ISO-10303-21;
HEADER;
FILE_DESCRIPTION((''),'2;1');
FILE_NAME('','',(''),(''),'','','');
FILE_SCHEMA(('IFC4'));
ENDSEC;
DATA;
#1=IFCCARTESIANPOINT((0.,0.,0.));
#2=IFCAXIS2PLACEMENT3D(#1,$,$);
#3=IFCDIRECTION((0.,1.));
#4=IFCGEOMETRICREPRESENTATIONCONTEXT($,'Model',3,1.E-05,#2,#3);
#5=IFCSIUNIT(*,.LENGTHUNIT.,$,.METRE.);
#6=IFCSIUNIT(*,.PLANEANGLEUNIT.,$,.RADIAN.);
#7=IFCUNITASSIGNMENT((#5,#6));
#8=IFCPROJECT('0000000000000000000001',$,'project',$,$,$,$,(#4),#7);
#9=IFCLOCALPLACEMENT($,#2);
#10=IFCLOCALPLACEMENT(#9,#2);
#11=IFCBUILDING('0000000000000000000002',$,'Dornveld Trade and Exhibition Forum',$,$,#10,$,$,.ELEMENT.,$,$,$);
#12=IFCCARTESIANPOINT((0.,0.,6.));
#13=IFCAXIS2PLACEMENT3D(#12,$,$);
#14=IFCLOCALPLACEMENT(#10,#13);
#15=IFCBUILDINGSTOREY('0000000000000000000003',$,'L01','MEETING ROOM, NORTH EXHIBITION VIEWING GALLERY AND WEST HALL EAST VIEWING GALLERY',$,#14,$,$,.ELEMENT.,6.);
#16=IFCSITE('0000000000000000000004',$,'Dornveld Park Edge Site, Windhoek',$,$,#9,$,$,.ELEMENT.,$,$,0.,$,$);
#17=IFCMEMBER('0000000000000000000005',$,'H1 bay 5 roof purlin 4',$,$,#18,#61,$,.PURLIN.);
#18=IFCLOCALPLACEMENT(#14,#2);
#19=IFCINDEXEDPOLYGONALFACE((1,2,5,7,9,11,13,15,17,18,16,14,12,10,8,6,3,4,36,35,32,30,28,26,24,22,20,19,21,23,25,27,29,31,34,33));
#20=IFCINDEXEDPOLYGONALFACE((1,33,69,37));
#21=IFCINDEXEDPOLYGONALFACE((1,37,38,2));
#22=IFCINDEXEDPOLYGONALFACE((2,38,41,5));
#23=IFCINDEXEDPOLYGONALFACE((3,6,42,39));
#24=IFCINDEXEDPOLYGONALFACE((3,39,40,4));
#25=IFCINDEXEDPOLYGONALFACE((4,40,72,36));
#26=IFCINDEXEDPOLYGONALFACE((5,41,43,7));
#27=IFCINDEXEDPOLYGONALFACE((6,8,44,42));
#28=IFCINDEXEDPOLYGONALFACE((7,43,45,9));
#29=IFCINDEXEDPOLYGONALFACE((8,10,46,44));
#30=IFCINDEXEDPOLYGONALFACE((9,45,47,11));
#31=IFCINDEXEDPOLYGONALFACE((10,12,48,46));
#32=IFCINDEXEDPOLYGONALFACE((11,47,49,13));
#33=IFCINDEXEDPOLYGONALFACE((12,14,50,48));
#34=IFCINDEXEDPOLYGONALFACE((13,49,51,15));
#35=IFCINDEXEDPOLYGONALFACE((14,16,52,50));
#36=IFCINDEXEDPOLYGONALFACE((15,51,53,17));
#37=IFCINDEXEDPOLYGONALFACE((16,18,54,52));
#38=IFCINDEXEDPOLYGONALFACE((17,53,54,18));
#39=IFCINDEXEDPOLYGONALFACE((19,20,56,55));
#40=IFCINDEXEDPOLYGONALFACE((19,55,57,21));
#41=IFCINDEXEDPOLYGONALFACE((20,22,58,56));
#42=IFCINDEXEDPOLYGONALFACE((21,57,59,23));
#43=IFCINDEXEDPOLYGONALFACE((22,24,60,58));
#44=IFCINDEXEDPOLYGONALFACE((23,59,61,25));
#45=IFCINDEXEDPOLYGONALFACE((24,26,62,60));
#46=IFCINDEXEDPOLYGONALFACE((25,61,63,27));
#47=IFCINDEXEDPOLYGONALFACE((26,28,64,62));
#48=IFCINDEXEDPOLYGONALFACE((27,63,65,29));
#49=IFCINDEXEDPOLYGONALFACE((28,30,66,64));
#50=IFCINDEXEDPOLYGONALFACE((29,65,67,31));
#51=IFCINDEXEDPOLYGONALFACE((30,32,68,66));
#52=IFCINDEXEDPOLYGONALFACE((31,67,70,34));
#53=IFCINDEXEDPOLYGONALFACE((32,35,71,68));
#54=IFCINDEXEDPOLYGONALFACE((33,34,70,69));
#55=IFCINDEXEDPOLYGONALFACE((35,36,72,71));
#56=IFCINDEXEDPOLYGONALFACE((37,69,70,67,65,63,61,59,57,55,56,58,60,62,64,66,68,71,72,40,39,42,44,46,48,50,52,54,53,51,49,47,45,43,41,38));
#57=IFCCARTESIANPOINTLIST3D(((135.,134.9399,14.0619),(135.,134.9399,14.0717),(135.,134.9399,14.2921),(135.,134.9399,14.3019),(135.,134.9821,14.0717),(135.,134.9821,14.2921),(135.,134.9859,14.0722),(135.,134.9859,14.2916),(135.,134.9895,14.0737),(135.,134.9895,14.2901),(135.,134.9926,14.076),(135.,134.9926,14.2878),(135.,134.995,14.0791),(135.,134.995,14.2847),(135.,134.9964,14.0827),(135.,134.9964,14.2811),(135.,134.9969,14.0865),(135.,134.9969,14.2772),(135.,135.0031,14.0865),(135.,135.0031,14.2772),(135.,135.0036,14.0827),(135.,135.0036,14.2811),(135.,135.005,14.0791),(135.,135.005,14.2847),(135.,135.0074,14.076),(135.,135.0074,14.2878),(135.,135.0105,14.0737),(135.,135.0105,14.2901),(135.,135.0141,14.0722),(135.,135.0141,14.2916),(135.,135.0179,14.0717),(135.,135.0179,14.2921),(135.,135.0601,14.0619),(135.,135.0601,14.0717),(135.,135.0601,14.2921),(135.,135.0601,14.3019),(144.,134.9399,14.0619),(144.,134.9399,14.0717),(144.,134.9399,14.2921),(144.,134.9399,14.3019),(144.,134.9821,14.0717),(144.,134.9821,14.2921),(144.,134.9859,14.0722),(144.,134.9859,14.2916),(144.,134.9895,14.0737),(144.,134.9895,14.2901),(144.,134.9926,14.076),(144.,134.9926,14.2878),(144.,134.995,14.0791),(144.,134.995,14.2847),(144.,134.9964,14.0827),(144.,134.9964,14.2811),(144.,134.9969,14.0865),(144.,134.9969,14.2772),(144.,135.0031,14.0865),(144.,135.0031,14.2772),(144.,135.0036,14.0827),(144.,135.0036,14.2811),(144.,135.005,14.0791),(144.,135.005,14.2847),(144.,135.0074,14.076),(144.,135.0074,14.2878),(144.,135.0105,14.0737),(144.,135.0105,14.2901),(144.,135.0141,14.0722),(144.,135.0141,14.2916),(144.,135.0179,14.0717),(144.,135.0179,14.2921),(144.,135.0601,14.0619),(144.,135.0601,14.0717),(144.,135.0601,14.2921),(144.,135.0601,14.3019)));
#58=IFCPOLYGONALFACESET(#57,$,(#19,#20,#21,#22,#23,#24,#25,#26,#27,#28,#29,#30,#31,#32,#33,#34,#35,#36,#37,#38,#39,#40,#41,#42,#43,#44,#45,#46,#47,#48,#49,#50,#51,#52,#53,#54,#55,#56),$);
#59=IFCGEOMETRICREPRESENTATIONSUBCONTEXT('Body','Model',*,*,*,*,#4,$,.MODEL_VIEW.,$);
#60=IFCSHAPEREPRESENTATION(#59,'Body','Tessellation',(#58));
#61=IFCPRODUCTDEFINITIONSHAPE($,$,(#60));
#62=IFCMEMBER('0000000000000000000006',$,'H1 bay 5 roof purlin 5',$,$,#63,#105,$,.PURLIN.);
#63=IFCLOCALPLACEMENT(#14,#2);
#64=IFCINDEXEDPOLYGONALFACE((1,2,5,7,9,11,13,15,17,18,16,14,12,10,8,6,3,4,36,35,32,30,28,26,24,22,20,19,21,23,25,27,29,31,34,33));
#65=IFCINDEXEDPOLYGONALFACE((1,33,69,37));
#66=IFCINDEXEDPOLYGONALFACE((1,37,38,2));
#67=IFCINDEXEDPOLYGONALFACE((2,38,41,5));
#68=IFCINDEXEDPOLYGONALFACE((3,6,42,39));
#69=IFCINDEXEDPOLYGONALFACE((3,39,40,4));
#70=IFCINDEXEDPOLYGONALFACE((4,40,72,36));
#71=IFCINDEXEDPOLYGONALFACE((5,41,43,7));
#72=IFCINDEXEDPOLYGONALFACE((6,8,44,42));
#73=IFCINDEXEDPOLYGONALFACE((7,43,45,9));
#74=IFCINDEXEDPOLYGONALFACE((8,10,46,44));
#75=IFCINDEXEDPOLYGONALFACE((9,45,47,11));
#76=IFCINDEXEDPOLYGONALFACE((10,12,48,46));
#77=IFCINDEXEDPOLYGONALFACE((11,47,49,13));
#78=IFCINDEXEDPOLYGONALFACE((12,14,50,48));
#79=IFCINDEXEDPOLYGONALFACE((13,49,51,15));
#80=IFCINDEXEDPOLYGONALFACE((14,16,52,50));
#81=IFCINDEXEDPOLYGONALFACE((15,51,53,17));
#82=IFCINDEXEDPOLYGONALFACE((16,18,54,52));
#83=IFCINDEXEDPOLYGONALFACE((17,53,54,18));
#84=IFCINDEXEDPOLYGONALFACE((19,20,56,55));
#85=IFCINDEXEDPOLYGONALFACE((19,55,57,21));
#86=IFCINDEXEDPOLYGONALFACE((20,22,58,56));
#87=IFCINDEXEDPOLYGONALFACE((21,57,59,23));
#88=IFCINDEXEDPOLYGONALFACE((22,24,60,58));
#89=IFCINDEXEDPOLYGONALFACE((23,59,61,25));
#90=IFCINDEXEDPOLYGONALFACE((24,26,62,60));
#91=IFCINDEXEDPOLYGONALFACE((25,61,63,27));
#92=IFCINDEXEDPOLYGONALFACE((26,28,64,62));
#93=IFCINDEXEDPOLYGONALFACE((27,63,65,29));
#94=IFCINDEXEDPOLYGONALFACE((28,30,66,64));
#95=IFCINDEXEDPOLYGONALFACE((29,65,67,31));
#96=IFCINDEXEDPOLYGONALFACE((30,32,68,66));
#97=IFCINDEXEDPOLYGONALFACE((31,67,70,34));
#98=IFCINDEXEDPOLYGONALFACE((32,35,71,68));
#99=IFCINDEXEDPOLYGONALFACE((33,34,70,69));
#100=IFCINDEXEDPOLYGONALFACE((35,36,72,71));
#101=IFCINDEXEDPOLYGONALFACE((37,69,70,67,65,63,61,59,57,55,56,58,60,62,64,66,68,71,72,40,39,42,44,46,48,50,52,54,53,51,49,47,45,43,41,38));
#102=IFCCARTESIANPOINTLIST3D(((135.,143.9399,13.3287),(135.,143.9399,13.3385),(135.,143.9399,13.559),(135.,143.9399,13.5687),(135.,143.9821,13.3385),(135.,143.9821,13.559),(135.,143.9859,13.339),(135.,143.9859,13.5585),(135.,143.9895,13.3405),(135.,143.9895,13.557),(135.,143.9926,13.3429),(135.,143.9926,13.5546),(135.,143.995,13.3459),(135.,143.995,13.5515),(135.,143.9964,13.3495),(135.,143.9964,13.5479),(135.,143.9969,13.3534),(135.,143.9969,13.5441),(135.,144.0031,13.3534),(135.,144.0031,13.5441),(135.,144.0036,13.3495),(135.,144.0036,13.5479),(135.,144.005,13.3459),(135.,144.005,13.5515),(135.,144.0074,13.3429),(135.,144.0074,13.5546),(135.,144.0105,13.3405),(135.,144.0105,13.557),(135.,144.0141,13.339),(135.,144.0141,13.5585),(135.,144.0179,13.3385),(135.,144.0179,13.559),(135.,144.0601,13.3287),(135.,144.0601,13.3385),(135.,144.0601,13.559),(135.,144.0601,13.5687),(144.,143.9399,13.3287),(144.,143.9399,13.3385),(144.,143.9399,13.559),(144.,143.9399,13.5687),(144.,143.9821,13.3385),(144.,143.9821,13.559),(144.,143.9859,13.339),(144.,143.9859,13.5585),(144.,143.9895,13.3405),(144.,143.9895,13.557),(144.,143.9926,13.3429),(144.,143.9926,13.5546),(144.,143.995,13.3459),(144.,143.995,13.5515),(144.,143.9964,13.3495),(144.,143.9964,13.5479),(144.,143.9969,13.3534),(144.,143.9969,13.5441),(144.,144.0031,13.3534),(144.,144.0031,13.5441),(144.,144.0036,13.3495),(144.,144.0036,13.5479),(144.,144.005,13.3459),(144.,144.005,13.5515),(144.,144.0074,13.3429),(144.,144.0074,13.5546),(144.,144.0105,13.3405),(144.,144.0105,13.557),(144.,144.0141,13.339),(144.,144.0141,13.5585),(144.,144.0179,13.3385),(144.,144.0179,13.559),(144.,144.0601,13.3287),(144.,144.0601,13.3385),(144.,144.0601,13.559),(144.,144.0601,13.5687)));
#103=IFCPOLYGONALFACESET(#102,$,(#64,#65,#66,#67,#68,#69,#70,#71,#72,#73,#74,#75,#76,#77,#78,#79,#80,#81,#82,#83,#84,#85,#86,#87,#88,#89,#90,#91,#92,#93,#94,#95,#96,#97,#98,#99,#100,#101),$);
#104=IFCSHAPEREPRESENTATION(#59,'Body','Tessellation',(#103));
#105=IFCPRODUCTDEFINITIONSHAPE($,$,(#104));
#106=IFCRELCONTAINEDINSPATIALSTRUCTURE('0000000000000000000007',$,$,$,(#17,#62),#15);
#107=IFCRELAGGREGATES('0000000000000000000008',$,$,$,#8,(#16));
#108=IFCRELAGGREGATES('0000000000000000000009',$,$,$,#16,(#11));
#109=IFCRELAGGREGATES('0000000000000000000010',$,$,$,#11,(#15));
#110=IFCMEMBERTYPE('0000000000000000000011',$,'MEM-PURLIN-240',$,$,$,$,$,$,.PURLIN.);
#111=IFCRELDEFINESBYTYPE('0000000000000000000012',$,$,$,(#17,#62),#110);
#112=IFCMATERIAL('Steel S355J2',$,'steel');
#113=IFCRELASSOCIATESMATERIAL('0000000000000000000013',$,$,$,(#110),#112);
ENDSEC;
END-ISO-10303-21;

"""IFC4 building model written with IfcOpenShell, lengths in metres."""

from ifc_helpers import new_model, si_unit, direction, frame, origin, origin_2d, place, context, subcontext, project, spatial, i_section, extrude, material, material_profile, profile_set, type_object, element, save


model = new_model("IFC4")

# Units and contexts
model_context = context("Model", 3, precision=1e-05, world=origin(), true_north=direction((0.0, 1.0)))
body_context = subcontext(model_context, "Body", "Model", "MODEL_VIEW")
ifc_project = project(units=[si_unit("LENGTHUNIT", "METRE"), si_unit("PLANEANGLEUNIT", "RADIAN")], contexts=[model_context])

# Site, building, storey
site_placement = place(None, origin())
site = spatial("IfcSite", under=ifc_project, at=site_placement, Name="Dornveld Park Edge Site, Windhoek", CompositionType="ELEMENT", RefElevation=0.0)
building_placement = place(site_placement, origin())
building = spatial("IfcBuilding", under=site, at=building_placement, Name="Dornveld Trade and Exhibition Forum", CompositionType="ELEMENT")
storey_placement = place(building_placement, frame((0.0, 0.0, 6.0)))
storey = spatial("IfcBuildingStorey", under=building, at=storey_placement, Name="L01", Description="MEETING ROOM, NORTH EXHIBITION VIEWING GALLERY AND WEST HALL EAST VIEWING GALLERY", CompositionType="ELEMENT", Elevation=6.0)

# Members
ifc_material_1 = material(Name="Steel S355J2", Category="steel")
ifc_material_profile_1 = material_profile(ifc_material_1, i_section(OverallWidth=0.1201, OverallDepth=0.24, WebThickness=0.0061, FlangeThickness=0.0098, FilletRadius=0.0149, at=origin_2d()), Name="IPE 240")
ifc_profile_set_1 = profile_set([ifc_material_profile_1], Name="Steel S355J2")
member_type_1 = type_object("IfcMemberType", Name="MEM-PURLIN-240", PredefinedType="PURLIN", material=ifc_profile_set_1)
for number, where, z_axis, x_axis, name in (
    (1, (135.0, 135.0, 14.1819), (1.0, 0.0, 0.0), (0.0, 1.0, 0.0), "H1 bay 5 roof purlin 4"),
    (2, (135.0, 144.0, 13.4487), (1.0, 0.0, 0.0), (0.0, 1.0, 0.0), "H1 bay 5 roof purlin 5"),
):
    element("IfcMember", number, at=place(storey_placement, frame(where, z_axis=z_axis, x_axis=x_axis)), inside=storey, type_object=member_type_1, Name=name, PredefinedType="PURLIN", context=body_context, shape_type="SweptSolid", body=[
        extrude(i_section(OverallWidth=0.1201, OverallDepth=0.24, WebThickness=0.0061, FlangeThickness=0.0098, FilletRadius=0.0149, at=origin_2d()), origin(), (0.0, 0.0, 1.0), 9.0),
    ])

save(model, "model.ifc")
